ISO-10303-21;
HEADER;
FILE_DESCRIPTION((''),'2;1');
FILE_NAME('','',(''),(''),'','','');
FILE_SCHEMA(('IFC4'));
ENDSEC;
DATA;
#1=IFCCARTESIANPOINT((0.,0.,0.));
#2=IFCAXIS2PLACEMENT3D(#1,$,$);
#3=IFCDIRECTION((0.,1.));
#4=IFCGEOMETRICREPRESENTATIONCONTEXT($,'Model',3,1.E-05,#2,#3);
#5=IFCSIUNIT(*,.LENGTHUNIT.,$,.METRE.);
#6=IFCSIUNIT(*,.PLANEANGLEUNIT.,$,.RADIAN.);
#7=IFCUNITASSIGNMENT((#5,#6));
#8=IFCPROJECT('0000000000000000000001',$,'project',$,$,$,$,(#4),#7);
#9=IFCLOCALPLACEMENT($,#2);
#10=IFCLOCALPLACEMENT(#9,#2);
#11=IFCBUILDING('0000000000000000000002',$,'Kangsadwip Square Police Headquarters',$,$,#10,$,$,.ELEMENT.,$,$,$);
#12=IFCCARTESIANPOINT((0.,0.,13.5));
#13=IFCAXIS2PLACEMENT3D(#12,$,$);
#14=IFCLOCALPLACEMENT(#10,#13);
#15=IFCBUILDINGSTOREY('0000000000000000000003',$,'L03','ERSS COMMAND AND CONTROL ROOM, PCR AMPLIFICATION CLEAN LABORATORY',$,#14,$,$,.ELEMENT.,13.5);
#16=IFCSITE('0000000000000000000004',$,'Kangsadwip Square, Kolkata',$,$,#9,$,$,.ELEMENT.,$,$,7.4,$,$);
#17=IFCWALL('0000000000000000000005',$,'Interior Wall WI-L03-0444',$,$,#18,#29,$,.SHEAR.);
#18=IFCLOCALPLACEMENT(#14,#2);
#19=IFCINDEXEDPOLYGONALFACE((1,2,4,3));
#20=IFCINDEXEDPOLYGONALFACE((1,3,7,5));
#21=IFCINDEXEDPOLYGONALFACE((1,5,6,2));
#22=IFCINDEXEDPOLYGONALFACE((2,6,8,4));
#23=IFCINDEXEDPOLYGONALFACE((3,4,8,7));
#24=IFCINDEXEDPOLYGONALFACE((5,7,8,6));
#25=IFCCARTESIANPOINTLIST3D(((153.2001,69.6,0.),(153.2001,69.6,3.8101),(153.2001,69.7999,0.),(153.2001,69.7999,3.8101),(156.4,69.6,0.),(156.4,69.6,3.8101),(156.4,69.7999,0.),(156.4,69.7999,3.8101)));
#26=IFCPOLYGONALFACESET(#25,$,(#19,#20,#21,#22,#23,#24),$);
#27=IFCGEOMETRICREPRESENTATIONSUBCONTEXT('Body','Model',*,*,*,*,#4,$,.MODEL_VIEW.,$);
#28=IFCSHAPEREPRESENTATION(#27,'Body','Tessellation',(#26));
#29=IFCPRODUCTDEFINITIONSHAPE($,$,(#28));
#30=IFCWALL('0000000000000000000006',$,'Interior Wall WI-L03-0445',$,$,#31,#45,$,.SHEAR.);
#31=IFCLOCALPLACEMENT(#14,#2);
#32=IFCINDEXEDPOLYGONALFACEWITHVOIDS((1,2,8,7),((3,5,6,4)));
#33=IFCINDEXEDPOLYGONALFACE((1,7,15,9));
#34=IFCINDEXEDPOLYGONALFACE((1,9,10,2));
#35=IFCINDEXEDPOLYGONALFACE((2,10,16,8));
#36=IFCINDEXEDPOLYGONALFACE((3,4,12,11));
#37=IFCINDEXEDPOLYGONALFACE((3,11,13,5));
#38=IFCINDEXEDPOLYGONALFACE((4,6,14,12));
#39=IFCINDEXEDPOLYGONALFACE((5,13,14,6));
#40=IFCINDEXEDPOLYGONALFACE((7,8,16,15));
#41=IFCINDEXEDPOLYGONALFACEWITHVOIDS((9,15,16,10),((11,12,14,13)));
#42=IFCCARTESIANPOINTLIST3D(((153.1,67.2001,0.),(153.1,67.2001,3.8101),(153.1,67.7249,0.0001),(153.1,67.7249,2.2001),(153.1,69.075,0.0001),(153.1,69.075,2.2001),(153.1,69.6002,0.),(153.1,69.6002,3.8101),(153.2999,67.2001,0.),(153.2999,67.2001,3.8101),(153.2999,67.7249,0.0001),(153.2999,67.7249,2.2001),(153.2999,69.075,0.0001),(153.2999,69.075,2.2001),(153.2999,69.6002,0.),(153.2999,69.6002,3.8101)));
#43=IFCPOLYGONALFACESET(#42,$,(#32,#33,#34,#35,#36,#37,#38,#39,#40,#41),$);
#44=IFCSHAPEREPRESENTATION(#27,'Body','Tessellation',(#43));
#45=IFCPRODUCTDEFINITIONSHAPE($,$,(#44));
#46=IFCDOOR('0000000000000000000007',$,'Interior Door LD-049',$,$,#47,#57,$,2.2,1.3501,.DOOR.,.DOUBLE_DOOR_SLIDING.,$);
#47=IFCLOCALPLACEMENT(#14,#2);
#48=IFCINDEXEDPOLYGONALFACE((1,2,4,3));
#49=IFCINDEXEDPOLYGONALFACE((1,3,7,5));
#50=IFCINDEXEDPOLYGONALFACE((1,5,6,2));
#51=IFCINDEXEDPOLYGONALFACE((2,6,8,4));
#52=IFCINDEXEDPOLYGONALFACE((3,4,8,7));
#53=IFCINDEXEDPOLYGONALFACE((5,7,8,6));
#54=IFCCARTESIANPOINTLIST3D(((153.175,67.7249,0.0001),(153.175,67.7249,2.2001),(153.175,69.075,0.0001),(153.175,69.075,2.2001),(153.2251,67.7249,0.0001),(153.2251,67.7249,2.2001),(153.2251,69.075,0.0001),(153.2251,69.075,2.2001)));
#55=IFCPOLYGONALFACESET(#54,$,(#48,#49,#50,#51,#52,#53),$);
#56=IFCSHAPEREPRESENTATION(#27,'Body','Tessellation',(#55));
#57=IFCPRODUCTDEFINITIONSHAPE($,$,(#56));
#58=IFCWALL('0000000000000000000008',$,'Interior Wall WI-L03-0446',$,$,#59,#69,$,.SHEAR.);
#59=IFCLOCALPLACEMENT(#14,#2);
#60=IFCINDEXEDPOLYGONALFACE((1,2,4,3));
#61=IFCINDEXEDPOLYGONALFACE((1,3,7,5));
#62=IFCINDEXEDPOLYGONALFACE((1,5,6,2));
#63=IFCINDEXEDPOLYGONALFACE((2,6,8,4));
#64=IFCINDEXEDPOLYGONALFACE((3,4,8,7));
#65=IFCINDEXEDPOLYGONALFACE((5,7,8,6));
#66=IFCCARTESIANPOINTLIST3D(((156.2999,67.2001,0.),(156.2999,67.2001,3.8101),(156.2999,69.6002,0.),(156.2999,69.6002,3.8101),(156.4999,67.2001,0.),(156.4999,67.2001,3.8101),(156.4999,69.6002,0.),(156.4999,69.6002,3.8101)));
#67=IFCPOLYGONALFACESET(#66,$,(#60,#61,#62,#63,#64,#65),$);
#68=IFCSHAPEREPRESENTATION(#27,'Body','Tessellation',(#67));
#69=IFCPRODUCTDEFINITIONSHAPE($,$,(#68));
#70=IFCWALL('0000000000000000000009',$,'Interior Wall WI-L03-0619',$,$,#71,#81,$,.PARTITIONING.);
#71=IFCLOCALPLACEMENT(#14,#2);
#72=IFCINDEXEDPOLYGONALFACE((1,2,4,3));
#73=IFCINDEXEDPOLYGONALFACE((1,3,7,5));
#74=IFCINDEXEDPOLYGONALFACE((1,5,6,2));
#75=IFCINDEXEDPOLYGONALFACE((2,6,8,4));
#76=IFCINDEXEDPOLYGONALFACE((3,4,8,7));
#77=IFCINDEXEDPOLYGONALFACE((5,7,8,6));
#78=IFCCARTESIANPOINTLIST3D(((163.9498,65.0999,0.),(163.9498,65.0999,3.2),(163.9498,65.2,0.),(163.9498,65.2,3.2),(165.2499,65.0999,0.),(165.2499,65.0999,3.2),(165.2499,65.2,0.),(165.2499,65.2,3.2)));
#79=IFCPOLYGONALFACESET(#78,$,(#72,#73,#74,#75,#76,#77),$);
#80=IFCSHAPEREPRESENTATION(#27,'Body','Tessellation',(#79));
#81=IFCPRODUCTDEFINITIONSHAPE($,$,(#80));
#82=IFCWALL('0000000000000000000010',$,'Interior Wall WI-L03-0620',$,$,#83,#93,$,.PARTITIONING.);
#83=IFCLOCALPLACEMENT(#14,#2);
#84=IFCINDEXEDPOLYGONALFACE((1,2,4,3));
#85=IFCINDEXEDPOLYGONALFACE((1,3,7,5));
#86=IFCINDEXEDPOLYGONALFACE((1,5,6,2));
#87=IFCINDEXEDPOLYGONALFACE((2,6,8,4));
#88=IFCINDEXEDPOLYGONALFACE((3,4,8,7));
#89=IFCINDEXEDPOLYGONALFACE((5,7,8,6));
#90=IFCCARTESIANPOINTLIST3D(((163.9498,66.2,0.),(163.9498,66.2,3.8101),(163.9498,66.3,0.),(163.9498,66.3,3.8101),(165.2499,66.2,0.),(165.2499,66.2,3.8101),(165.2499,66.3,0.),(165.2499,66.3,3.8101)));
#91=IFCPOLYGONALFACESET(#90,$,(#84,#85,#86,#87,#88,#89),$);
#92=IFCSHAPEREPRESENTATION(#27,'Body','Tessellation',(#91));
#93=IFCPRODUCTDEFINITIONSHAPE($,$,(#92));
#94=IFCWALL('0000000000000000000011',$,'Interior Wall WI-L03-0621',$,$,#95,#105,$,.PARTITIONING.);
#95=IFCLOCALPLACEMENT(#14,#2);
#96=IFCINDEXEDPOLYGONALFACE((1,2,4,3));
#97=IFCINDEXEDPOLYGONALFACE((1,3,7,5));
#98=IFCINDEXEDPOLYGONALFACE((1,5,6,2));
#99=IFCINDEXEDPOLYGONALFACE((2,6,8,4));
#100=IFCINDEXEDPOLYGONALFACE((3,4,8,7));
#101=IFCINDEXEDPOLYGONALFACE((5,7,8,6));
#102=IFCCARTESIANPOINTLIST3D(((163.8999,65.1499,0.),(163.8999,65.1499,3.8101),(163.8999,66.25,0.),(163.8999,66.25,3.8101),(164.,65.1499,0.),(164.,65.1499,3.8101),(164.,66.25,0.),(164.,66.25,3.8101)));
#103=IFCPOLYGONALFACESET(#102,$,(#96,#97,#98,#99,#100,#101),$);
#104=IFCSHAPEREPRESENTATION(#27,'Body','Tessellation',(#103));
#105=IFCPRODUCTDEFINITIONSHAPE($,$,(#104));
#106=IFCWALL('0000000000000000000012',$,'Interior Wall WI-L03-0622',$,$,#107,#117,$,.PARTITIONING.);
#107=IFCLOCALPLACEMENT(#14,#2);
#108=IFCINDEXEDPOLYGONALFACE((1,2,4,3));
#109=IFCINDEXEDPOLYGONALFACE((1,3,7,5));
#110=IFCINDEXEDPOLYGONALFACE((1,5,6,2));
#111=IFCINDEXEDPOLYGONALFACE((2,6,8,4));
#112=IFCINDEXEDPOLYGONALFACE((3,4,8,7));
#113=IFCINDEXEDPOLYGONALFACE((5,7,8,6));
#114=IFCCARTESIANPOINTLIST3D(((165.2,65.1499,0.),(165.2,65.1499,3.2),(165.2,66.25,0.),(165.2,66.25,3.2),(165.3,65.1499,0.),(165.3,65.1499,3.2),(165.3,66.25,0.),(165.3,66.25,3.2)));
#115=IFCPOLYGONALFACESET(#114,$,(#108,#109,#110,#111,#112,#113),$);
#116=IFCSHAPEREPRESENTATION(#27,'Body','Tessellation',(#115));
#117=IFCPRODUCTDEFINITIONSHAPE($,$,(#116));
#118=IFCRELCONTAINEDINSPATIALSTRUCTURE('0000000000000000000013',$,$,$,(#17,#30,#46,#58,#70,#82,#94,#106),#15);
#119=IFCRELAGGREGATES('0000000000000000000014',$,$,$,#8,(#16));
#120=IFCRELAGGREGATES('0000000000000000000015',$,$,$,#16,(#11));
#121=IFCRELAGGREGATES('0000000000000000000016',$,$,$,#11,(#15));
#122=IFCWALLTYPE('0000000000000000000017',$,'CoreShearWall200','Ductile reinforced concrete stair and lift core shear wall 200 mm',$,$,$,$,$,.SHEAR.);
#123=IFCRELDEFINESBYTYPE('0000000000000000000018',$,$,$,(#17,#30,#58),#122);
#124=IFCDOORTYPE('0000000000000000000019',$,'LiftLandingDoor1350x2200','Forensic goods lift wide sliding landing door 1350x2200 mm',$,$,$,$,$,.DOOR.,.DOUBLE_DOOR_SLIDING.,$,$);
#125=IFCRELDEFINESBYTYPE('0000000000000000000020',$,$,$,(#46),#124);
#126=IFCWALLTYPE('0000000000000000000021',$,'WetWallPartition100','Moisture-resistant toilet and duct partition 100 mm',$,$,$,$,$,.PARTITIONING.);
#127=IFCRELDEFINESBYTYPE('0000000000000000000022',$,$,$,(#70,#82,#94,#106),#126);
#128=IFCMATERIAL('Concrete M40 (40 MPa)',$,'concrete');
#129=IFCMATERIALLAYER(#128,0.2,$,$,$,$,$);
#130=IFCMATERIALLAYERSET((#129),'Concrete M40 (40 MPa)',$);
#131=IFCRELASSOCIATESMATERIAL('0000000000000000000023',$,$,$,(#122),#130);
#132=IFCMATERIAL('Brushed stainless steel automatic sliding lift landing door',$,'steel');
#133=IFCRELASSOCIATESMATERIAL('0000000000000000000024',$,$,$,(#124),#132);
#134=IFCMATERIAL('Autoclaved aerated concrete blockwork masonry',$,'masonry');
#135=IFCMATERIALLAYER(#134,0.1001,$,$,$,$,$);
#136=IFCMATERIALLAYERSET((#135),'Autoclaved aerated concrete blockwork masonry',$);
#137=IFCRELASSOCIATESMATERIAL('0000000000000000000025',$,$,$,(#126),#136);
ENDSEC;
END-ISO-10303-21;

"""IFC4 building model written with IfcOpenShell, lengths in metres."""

from ifc_helpers import new_model, si_unit, direction, frame, frame_2d, origin, place, context, subcontext, project, spatial, rectangle, extrude, material, layer, layer_set, type_object, element, fill, save


model = new_model("IFC4")

# Units and contexts
model_context = context("Model", 3, precision=1e-05, world=origin(), true_north=direction((0.0, 1.0)))
body_context = subcontext(model_context, "Body", "Model", "MODEL_VIEW")
ifc_project = project(units=[si_unit("LENGTHUNIT", "METRE"), si_unit("PLANEANGLEUNIT", "RADIAN")], contexts=[model_context])

# Site, building, storey
site_placement = place(None, origin())
site = spatial("IfcSite", under=ifc_project, at=site_placement, Name="Kangsadwip Square, Kolkata", CompositionType="ELEMENT", RefElevation=7.4)
building_placement = place(site_placement, origin())
building = spatial("IfcBuilding", under=site, at=building_placement, Name="Kangsadwip Square Police Headquarters", CompositionType="ELEMENT")
storey_placement = place(building_placement, frame((0.0, 0.0, 13.5)))
storey = spatial("IfcBuildingStorey", under=building, at=storey_placement, Name="L03", Description="ERSS COMMAND AND CONTROL ROOM, PCR AMPLIFICATION CLEAN LABORATORY", CompositionType="ELEMENT", Elevation=13.5)

# Wall
ifc_material_1 = material(Name="Concrete M40 (40 MPa)", Category="concrete")
ifc_layer_1 = layer(ifc_material_1, 0.2)
ifc_layer_set_1 = layer_set([ifc_layer_1], Name="Concrete M40 (40 MPa)")
wall_type_1 = type_object("IfcWallType", Name="CoreShearWall200", Description="Ductile reinforced concrete stair and lift core shear wall 200 mm", PredefinedType="SHEAR", material=ifc_layer_set_1)
wall_1_placement = place(storey_placement, frame((153.2, 69.7, 0.0), z_axis=(0.0, 0.0, 1.0), x_axis=(1.0, 0.0, 0.0)))
element("IfcWall", 1, at=wall_1_placement, inside=storey, type_object=wall_type_1, Name="Interior Wall WI-L03-0444", PredefinedType="SHEAR", context=body_context, shape_type="SweptSolid", body=[
    extrude(rectangle(XDim=3.2, YDim=0.2, at=frame_2d((1.6001, 0.0))), origin(), (0.0, 0.0, 1.0), 3.8101),
])

# Wall, opening, door
wall_2_placement = place(storey_placement, frame((153.2, 67.2, 0.0), z_axis=(0.0, 0.0, 1.0), x_axis=(0.0, 1.0, 0.0)))
wall_2 = element("IfcWall", 2, at=wall_2_placement, inside=storey, type_object=wall_type_1, Name="Interior Wall WI-L03-0445", PredefinedType="SHEAR", context=body_context, shape_type="SweptSolid", body=[
    extrude(rectangle(XDim=2.4001, YDim=0.2, at=frame_2d((1.2002, 0.0))), origin(), (0.0, 0.0, 1.0), 3.8101),
])
opening_placement = place(wall_2_placement, frame((0.5249, 0.0, 0.0)))
opening = element("IfcOpeningElement", 3, at=opening_placement, cuts=wall_2, PredefinedType="OPENING", context=body_context, shape_type="SweptSolid", body=[
    extrude(rectangle(XDim=1.3501, YDim=2.2, at=frame_2d((0.675, 1.1001))), frame((0.0, 0.1099, 0.0), z_axis=(0.0, -1.0, 0.0), x_axis=(1.0, 0.0, 0.0)), (0.0, 0.0, 1.0), 0.22),
])
ifc_material_2 = material(Name="Brushed stainless steel automatic sliding lift landing door", Category="steel")
door_type = type_object("IfcDoorType", Name="LiftLandingDoor1350x2200", Description="Forensic goods lift wide sliding landing door 1350x2200 mm", OperationType="DOUBLE_DOOR_SLIDING", PredefinedType="DOOR", material=ifc_material_2)
door_placement = place(opening_placement, origin())
door = element("IfcDoor", 4, at=door_placement, inside=storey, type_object=door_type, Name="Interior Door LD-049", OperationType="DOUBLE_DOOR_SLIDING", OverallHeight=2.2, OverallWidth=1.3501, PredefinedType="DOOR", context=body_context, shape_type="SweptSolid", body=[
    extrude(rectangle(XDim=1.3501, YDim=2.2, at=frame_2d((0.675, 1.1001))), frame((0.0, 0.0249, 0.0), z_axis=(0.0, -1.0, 0.0), x_axis=(1.0, 0.0, 0.0)), (0.0, 0.0, 1.0), 0.05),
])
fill(opening, door)

# Walls
wall_3_placement = place(storey_placement, frame((156.3999, 67.2, 0.0), z_axis=(0.0, 0.0, 1.0), x_axis=(0.0, 1.0, 0.0)))
element("IfcWall", 5, at=wall_3_placement, inside=storey, type_object=wall_type_1, Name="Interior Wall WI-L03-0446", PredefinedType="SHEAR", context=body_context, shape_type="SweptSolid", body=[
    extrude(rectangle(XDim=2.4001, YDim=0.2, at=frame_2d((1.2002, 0.0))), origin(), (0.0, 0.0, 1.0), 3.8101),
])
ifc_material_3 = material(Name="Autoclaved aerated concrete blockwork masonry", Category="masonry")
ifc_layer_2 = layer(ifc_material_3, 0.1001)
ifc_layer_set_2 = layer_set([ifc_layer_2], Name="Autoclaved aerated concrete blockwork masonry")
wall_type_2 = type_object("IfcWallType", Name="WetWallPartition100", Description="Moisture-resistant toilet and duct partition 100 mm", PredefinedType="PARTITIONING", material=ifc_layer_set_2)
wall_4_placement = place(storey_placement, frame((163.95, 65.1499, 0.0), z_axis=(0.0, 0.0, 1.0), x_axis=(1.0, 0.0, 0.0)))
element("IfcWall", 6, at=wall_4_placement, inside=storey, type_object=wall_type_2, Name="Interior Wall WI-L03-0619", PredefinedType="PARTITIONING", context=body_context, shape_type="SweptSolid", body=[
    extrude(rectangle(XDim=1.3, YDim=0.1001, at=frame_2d((0.6499, 0.0))), origin(), (0.0, 0.0, 1.0), 3.2),
])
wall_5_placement = place(storey_placement, frame((163.95, 66.25, 0.0), z_axis=(0.0, 0.0, 1.0), x_axis=(1.0, 0.0, 0.0)))
element("IfcWall", 7, at=wall_5_placement, inside=storey, type_object=wall_type_2, Name="Interior Wall WI-L03-0620", PredefinedType="PARTITIONING", context=body_context, shape_type="SweptSolid", body=[
    extrude(rectangle(XDim=1.3, YDim=0.1001, at=frame_2d((0.6499, 0.0))), origin(), (0.0, 0.0, 1.0), 3.8101),
])
wall_6_placement = place(storey_placement, frame((163.95, 65.1499, 0.0), z_axis=(0.0, 0.0, 1.0), x_axis=(0.0, 1.0, 0.0)))
element("IfcWall", 8, at=wall_6_placement, inside=storey, type_object=wall_type_2, Name="Interior Wall WI-L03-0621", PredefinedType="PARTITIONING", context=body_context, shape_type="SweptSolid", body=[
    extrude(rectangle(XDim=1.1001, YDim=0.1001, at=frame_2d((0.55, 0.0))), origin(), (0.0, 0.0, 1.0), 3.8101),
])
wall_7_placement = place(storey_placement, frame((165.25, 65.1499, 0.0), z_axis=(0.0, 0.0, 1.0), x_axis=(0.0, 1.0, 0.0)))
element("IfcWall", 9, at=wall_7_placement, inside=storey, type_object=wall_type_2, Name="Interior Wall WI-L03-0622", PredefinedType="PARTITIONING", context=body_context, shape_type="SweptSolid", body=[
    extrude(rectangle(XDim=1.1001, YDim=0.1001, at=frame_2d((0.55, 0.0))), origin(), (0.0, 0.0, 1.0), 3.2),
])

save(model, "model.ifc")
